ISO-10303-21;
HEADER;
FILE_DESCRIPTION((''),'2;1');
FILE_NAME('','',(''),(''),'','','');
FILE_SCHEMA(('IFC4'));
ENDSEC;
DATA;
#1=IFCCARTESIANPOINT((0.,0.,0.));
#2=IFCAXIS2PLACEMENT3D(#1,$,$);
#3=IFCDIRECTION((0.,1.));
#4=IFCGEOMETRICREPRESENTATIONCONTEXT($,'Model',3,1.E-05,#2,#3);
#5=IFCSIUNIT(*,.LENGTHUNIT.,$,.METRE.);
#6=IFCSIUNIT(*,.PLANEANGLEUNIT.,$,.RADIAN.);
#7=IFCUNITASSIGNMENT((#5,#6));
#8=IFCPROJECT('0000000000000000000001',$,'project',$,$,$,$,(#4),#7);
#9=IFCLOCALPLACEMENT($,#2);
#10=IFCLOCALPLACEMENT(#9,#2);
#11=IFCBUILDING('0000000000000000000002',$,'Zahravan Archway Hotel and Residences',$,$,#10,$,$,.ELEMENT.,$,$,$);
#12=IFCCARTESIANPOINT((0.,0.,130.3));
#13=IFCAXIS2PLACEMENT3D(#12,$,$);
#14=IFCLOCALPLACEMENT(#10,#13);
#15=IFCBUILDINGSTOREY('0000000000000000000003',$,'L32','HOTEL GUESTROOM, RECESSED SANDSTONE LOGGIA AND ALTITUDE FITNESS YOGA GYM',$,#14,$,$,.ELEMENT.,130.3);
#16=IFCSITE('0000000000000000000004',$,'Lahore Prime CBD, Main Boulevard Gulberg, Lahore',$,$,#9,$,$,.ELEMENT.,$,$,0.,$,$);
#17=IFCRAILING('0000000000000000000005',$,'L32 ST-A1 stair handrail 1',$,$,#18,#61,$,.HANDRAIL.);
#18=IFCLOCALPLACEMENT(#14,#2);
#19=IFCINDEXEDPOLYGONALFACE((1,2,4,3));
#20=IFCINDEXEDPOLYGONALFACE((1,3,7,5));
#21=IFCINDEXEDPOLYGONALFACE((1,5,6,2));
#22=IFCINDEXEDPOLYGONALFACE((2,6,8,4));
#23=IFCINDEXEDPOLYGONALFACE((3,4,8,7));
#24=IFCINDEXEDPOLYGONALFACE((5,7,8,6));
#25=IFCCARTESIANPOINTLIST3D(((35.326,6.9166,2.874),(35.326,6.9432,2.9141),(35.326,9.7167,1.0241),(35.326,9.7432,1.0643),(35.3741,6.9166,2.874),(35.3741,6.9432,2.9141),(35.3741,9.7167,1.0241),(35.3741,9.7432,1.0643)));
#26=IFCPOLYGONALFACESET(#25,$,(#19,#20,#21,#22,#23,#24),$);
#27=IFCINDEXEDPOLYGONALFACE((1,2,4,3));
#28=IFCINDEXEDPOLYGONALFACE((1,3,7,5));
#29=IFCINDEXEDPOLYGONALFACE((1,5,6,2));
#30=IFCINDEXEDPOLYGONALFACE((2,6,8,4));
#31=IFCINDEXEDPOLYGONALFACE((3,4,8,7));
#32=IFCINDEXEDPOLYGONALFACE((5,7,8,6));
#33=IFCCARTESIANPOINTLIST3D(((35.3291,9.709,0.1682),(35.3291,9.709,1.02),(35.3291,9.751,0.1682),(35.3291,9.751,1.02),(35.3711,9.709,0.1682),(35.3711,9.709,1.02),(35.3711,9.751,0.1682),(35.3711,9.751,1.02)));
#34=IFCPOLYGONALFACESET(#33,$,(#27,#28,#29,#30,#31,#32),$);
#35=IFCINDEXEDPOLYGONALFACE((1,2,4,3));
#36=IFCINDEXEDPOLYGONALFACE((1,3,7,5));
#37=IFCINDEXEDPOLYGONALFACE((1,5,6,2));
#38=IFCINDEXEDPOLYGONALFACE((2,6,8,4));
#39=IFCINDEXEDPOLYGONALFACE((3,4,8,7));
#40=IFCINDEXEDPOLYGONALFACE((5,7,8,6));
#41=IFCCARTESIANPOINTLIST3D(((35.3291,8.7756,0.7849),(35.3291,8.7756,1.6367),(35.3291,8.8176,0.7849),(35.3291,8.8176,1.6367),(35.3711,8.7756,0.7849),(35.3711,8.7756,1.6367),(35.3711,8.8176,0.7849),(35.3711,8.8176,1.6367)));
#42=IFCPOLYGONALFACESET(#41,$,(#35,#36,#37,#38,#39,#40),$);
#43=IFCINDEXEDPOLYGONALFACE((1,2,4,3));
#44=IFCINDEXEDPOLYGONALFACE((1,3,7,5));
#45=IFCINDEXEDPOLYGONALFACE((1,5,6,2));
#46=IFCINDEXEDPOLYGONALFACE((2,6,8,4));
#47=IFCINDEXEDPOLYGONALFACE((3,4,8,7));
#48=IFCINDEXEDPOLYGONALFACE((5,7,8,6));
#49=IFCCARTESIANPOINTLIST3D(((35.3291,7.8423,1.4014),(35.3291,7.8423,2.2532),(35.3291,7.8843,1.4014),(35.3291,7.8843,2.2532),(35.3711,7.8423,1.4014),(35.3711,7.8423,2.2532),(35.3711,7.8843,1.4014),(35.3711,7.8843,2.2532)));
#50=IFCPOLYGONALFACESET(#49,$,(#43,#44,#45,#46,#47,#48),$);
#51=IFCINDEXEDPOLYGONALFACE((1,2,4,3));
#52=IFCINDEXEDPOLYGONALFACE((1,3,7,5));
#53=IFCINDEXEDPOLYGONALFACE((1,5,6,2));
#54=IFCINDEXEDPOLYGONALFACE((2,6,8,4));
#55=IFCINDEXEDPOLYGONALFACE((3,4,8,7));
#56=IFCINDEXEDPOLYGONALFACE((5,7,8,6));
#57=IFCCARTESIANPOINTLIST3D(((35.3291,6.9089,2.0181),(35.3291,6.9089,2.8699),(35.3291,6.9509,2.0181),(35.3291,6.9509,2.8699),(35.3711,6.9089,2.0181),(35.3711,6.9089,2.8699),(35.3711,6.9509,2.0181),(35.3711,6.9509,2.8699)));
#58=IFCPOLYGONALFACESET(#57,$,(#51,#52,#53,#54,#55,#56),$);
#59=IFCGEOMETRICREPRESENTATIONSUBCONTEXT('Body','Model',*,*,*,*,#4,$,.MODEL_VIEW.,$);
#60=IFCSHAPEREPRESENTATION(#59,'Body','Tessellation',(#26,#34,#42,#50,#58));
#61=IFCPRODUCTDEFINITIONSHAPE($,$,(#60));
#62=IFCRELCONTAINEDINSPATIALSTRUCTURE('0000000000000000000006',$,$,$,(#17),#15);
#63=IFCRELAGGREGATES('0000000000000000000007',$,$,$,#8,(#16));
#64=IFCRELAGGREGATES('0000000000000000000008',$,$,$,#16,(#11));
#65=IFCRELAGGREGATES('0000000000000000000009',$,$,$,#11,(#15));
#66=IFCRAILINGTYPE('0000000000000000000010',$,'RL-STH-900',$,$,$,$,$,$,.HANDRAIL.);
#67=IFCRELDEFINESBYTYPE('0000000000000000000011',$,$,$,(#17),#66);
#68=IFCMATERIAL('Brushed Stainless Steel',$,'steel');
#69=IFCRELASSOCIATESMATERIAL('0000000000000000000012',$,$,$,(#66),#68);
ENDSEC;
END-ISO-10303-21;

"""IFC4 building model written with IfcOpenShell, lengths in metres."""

from ifc_helpers import new_model, si_unit, direction, frame, origin, origin_2d, place, context, subcontext, project, spatial, rectangle, extrude, material, type_object, element, save


model = new_model("IFC4")

# Units and contexts
model_context = context("Model", 3, precision=1e-05, world=origin(), true_north=direction((0.0, 1.0)))
body_context = subcontext(model_context, "Body", "Model", "MODEL_VIEW")
ifc_project = project(units=[si_unit("LENGTHUNIT", "METRE"), si_unit("PLANEANGLEUNIT", "RADIAN")], contexts=[model_context])

# Site, building, storey
site_placement = place(None, origin())
site = spatial("IfcSite", under=ifc_project, at=site_placement, Name="Lahore Prime CBD, Main Boulevard Gulberg, Lahore", CompositionType="ELEMENT", RefElevation=0.0)
building_placement = place(site_placement, origin())
building = spatial("IfcBuilding", under=site, at=building_placement, Name="Zahravan Archway Hotel and Residences", CompositionType="ELEMENT")
storey_placement = place(building_placement, frame((0.0, 0.0, 130.3)))
storey = spatial("IfcBuildingStorey", under=building, at=storey_placement, Name="L32", Description="HOTEL GUESTROOM, RECESSED SANDSTONE LOGGIA AND ALTITUDE FITNESS YOGA GYM", CompositionType="ELEMENT", Elevation=130.3)

# Railing
ifc_material_1 = material(Name="Brushed Stainless Steel", Category="steel")
railing_type = type_object("IfcRailingType", Name="RL-STH-900", PredefinedType="HANDRAIL", material=ifc_material_1)
railing_placement = place(storey_placement, frame((35.3501, 9.73, 0.1682)))
element("IfcRailing", 1, at=railing_placement, inside=storey, type_object=railing_type, Name="L32 ST-A1 stair handrail 1", PredefinedType="HANDRAIL", context=body_context, shape_type="SweptSolid", body=[
    extrude(rectangle(XDim=0.0481, YDim=0.0481, at=origin_2d()), frame((0.0, 0.0, 0.876), z_axis=(0.0, -0.83436, 0.55122), x_axis=(1.0, 0.0, 0.0)), (0.0, 0.0, 1.0), 3.356),
    extrude(rectangle(XDim=0.042, YDim=0.042, at=origin_2d()), origin(), (0.0, 0.0, 1.0), 0.8518),
    extrude(rectangle(XDim=0.042, YDim=0.042, at=origin_2d()), frame((0.0, -0.9333, 0.6167)), (0.0, 0.0, 1.0), 0.8518),
    extrude(rectangle(XDim=0.042, YDim=0.042, at=origin_2d()), frame((0.0, -1.8667, 1.2332)), (0.0, 0.0, 1.0), 0.8518),
    extrude(rectangle(XDim=0.042, YDim=0.042, at=origin_2d()), frame((0.0, -2.8, 1.8499)), (0.0, 0.0, 1.0), 0.8518),
])

save(model, "model.ifc")
